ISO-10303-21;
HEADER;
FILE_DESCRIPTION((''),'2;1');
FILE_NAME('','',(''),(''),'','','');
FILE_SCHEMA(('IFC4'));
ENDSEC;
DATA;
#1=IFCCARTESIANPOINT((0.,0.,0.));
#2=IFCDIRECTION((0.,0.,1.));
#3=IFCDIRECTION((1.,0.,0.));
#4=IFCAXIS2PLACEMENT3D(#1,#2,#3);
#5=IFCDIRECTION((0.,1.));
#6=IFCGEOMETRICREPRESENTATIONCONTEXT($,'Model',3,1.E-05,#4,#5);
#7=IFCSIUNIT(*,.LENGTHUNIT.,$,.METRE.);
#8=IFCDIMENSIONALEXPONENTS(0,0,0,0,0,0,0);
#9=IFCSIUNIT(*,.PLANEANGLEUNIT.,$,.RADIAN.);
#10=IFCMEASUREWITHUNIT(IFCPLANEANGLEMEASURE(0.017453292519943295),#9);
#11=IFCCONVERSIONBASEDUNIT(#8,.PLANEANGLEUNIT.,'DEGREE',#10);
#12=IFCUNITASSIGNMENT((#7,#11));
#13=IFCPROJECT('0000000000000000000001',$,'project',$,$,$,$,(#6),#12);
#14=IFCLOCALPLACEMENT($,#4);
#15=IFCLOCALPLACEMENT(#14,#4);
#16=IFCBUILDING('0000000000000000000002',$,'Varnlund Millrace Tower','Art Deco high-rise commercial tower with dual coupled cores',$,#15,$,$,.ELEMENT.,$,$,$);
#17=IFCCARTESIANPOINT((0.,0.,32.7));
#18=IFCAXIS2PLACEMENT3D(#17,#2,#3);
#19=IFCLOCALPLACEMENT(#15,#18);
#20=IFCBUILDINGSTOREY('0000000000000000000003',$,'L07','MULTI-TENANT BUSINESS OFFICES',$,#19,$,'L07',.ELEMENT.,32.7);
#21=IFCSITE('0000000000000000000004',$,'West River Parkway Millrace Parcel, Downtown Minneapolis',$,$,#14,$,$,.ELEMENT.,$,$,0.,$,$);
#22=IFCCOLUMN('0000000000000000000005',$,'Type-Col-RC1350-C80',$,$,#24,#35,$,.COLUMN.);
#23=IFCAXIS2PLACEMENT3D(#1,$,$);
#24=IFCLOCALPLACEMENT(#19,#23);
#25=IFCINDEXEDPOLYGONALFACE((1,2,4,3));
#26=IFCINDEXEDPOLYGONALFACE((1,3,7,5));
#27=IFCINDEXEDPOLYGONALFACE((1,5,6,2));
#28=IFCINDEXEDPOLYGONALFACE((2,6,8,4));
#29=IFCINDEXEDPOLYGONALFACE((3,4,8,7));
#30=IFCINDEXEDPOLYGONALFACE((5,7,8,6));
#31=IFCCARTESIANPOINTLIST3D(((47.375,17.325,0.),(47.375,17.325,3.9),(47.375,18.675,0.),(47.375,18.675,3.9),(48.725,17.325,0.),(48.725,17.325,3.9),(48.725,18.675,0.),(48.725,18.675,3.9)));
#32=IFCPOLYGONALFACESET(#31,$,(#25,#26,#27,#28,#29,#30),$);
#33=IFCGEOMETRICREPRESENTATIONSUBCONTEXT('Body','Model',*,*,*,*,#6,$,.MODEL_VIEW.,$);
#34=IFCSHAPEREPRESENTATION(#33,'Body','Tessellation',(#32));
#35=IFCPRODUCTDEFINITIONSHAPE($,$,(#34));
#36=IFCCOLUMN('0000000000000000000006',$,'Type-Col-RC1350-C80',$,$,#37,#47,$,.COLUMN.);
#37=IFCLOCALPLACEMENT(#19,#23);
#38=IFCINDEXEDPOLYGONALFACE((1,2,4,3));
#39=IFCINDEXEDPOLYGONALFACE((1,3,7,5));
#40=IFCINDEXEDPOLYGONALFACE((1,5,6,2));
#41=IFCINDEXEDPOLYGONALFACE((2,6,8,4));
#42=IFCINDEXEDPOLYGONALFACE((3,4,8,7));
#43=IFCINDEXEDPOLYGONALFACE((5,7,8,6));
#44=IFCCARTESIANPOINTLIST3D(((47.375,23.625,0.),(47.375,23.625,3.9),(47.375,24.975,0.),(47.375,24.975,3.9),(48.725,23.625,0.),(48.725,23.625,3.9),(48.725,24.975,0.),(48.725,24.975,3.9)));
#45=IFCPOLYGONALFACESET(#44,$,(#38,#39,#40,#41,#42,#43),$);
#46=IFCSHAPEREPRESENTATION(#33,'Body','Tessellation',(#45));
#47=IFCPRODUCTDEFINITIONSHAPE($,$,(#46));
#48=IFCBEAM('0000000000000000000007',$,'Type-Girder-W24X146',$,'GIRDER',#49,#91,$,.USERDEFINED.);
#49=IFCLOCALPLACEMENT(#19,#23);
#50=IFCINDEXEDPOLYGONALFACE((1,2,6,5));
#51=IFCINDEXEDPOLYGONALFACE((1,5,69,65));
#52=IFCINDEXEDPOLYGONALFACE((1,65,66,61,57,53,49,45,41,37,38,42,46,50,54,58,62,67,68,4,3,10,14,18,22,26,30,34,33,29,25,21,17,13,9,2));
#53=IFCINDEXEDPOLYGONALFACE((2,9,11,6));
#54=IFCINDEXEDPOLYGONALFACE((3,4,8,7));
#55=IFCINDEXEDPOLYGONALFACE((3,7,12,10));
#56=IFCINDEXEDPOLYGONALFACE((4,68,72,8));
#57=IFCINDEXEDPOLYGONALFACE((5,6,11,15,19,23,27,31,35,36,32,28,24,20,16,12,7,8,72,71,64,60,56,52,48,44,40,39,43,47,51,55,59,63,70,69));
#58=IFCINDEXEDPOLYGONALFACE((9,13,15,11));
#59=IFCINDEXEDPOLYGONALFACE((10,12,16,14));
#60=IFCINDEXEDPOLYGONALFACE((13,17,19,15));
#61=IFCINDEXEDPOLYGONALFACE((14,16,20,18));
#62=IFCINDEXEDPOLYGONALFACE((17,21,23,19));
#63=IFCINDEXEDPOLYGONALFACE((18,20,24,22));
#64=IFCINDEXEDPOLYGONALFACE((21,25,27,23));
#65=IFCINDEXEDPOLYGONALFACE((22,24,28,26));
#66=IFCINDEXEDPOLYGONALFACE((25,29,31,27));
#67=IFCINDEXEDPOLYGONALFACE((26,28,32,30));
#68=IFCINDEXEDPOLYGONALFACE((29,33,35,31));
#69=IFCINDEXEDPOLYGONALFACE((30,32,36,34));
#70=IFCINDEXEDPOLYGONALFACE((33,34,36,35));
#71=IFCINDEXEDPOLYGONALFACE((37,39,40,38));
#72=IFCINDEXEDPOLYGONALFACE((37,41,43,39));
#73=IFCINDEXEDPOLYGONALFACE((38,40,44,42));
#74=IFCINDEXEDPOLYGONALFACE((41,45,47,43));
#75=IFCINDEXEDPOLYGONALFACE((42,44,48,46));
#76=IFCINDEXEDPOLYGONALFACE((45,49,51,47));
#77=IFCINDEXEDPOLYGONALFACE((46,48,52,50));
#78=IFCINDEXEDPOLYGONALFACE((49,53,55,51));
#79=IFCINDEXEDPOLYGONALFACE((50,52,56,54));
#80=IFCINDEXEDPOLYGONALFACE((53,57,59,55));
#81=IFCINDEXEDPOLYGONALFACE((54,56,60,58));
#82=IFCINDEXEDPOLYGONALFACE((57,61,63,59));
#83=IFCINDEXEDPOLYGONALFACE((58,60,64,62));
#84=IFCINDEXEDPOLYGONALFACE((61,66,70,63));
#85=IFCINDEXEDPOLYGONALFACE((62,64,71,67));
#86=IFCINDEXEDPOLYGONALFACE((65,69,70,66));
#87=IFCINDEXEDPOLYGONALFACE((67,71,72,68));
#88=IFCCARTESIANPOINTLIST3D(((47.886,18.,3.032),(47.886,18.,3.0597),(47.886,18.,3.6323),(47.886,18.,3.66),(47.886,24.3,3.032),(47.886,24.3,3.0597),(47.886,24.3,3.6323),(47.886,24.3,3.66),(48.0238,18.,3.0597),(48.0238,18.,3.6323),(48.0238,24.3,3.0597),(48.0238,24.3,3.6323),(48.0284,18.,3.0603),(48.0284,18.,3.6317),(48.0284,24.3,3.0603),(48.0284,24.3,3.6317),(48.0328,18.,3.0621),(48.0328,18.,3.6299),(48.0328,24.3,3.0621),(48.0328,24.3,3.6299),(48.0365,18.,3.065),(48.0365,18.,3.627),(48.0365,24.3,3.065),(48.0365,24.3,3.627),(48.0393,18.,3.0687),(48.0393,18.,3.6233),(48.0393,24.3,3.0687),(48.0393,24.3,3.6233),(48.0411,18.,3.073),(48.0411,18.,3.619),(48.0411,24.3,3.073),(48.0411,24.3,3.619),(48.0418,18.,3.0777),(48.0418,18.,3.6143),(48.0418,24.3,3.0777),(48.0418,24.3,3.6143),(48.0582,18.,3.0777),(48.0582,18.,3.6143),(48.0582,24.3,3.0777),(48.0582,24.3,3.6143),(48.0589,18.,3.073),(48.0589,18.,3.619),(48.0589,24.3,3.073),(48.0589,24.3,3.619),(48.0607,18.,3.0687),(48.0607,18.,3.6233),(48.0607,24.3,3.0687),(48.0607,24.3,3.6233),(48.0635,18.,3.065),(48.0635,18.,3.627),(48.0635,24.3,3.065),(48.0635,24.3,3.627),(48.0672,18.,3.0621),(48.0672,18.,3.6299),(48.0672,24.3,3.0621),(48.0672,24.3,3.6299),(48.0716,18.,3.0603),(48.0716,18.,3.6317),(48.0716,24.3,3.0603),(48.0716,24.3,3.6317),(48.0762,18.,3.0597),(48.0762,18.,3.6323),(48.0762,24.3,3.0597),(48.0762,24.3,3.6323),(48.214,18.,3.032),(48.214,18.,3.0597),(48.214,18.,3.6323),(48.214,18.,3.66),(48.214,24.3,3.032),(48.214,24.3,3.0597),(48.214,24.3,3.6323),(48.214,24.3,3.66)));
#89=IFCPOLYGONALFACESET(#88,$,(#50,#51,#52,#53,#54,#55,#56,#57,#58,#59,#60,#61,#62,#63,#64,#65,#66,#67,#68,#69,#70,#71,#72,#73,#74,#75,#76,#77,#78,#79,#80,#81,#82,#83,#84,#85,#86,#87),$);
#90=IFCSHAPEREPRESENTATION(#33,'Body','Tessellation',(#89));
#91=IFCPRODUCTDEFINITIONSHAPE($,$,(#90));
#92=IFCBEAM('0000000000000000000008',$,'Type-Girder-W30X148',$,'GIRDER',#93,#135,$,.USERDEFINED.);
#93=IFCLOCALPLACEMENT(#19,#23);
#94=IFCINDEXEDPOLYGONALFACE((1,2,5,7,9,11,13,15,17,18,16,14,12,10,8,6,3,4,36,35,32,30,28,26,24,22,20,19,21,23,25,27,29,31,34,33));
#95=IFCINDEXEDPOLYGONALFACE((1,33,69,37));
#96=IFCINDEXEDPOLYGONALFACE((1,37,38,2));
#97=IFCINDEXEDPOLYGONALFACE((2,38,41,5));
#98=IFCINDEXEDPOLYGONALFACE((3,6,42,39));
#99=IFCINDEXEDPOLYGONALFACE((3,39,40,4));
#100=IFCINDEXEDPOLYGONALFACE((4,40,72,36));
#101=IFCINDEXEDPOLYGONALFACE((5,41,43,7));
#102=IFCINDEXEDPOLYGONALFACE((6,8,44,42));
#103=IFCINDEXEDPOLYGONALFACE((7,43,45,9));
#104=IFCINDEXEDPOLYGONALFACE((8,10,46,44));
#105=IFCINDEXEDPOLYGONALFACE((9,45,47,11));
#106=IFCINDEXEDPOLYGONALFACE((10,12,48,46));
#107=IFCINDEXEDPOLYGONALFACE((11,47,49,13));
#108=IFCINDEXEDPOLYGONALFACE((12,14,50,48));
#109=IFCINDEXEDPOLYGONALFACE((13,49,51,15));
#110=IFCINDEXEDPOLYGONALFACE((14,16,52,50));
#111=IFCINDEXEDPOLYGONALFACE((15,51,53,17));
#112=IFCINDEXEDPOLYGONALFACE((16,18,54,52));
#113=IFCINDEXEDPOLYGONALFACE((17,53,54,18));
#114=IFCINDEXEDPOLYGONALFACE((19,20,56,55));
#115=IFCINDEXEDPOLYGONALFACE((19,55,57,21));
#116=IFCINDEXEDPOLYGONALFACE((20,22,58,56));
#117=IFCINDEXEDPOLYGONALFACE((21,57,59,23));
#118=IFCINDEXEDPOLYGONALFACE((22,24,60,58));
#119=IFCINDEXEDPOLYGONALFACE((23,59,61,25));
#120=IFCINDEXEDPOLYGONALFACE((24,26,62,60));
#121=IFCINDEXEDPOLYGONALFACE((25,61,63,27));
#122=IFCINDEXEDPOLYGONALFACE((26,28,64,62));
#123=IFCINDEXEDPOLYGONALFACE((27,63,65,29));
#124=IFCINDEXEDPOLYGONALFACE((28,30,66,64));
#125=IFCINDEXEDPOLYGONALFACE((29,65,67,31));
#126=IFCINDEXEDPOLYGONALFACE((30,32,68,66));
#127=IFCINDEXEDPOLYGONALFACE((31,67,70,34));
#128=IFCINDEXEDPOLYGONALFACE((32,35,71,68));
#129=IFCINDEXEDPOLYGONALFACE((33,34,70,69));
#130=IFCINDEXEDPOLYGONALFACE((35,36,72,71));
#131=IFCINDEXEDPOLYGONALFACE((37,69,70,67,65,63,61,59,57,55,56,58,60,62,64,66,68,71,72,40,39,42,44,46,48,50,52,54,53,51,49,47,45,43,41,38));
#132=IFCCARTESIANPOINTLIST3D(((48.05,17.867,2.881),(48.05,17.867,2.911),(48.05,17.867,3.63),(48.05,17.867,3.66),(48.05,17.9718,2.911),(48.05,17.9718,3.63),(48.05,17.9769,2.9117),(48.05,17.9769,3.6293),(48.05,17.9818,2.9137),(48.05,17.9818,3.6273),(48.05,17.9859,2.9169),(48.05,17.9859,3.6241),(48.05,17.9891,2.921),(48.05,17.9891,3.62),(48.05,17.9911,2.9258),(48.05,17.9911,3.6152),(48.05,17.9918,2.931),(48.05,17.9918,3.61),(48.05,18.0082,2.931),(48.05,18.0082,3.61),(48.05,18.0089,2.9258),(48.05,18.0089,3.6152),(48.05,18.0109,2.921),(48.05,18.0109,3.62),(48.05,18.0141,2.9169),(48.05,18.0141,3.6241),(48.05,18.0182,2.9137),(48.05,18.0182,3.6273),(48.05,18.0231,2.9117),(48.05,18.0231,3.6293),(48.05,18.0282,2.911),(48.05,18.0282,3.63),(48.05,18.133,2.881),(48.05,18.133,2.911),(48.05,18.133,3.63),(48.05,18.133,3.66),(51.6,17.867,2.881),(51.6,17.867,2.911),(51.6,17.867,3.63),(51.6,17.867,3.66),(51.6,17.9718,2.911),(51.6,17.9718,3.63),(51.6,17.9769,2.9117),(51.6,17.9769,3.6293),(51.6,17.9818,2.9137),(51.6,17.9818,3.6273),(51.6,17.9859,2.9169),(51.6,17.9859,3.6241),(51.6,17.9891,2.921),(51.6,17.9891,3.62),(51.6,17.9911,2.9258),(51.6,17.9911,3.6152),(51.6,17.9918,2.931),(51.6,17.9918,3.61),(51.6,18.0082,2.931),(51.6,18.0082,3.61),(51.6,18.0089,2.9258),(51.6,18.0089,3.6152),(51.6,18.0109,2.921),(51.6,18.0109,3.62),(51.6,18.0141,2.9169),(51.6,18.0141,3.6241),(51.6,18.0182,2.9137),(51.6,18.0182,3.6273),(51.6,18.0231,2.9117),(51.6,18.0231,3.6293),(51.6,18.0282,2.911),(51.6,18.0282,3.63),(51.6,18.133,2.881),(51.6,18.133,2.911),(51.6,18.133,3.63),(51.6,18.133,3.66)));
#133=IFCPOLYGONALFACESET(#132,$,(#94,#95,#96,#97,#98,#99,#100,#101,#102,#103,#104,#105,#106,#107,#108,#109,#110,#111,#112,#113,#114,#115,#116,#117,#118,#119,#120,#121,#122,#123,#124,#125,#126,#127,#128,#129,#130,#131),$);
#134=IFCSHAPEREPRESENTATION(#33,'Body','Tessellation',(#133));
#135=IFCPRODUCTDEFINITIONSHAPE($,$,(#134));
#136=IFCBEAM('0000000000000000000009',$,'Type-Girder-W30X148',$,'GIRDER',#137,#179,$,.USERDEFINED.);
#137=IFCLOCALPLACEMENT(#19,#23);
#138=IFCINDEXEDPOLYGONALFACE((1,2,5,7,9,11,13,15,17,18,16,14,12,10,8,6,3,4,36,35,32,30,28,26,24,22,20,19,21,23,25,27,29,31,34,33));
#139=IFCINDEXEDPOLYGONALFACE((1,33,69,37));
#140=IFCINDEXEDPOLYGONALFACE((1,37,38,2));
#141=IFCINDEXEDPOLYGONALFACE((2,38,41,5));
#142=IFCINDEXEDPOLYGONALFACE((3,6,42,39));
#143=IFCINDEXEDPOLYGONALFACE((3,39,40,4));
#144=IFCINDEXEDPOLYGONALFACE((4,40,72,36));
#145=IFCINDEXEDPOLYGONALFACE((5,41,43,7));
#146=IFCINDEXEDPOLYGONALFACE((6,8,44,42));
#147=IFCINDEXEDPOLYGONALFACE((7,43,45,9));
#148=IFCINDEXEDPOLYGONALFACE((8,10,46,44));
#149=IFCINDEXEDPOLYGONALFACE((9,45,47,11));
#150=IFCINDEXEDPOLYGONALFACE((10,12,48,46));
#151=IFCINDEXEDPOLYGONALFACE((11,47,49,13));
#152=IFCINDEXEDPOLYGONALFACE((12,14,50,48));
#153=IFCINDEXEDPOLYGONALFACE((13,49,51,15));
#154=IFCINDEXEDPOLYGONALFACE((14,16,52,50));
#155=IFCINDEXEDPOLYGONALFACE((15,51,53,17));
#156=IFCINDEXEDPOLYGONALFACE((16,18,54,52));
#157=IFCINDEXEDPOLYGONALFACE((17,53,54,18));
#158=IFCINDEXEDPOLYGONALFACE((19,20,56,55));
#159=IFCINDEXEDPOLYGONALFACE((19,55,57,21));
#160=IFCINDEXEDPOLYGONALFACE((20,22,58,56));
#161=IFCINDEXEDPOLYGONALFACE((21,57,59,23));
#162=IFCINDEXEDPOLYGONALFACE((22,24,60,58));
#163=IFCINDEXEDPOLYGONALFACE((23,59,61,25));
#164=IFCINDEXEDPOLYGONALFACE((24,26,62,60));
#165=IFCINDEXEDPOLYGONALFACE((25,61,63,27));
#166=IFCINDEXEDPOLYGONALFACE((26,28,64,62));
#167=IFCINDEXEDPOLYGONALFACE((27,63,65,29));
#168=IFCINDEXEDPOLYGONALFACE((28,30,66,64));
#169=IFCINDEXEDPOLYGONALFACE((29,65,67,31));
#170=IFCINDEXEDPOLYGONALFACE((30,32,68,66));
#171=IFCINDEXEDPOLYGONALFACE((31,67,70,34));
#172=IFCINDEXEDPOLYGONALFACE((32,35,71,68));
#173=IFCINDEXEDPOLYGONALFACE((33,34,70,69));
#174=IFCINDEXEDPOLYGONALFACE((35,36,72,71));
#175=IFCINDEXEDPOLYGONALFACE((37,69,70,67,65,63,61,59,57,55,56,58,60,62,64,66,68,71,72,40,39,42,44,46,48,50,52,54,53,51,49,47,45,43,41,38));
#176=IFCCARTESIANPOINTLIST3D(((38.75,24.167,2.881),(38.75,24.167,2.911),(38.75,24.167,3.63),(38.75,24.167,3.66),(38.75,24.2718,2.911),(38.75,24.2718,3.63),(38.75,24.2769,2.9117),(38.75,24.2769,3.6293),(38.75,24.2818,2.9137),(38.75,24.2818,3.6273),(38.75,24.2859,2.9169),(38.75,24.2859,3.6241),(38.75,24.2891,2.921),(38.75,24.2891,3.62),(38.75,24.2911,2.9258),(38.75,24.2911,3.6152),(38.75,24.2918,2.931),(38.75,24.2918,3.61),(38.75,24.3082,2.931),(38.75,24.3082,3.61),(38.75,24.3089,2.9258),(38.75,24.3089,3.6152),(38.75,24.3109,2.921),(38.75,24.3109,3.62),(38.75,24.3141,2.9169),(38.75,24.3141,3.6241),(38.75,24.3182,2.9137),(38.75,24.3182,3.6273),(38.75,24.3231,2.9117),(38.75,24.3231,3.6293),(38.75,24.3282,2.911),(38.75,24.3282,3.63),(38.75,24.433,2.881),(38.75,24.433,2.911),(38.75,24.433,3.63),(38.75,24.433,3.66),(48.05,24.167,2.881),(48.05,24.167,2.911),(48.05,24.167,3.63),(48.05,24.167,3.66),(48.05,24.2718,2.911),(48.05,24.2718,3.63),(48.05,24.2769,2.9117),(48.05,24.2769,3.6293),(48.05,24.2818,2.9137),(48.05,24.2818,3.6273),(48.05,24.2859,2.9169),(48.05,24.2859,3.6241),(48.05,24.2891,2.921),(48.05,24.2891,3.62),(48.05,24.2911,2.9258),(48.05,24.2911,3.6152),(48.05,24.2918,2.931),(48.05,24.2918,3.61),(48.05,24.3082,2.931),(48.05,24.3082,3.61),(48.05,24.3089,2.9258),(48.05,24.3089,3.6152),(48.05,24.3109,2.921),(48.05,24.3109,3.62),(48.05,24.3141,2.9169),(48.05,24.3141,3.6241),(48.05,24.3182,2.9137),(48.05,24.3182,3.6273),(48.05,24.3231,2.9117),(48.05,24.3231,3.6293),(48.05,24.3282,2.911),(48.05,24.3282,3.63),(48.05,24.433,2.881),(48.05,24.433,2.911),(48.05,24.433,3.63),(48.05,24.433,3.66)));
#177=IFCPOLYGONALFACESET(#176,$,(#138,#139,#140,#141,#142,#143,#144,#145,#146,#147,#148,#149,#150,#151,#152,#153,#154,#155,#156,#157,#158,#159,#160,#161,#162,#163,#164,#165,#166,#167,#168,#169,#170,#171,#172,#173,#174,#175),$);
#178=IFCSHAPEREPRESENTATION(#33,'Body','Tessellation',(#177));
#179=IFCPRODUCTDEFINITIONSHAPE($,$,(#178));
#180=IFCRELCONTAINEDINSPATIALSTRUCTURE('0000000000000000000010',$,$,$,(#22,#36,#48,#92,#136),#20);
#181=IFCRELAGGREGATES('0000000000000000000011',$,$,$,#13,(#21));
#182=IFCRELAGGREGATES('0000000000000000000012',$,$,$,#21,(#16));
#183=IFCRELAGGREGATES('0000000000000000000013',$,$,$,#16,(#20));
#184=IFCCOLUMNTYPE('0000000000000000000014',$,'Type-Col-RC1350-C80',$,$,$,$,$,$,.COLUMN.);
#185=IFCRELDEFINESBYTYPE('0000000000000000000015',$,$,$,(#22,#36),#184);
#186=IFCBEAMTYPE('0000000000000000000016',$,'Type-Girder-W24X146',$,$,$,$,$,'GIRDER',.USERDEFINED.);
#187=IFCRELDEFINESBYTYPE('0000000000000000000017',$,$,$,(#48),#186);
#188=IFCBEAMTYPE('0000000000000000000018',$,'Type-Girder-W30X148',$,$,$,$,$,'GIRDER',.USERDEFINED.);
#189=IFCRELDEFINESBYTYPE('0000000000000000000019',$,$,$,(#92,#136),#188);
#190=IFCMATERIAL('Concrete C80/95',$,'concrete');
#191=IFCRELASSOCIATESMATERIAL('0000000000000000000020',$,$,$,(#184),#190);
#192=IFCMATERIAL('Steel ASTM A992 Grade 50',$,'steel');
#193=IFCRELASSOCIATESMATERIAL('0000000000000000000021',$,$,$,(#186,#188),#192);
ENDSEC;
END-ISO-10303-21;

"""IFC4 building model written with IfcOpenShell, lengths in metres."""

from ifc_helpers import new_model, entity, si_unit, converted_unit, direction, frame, origin_with_axes, origin_2d_with_axis, place, context, subcontext, project, spatial, rectangle, i_section, extrude, material, material_profile, profile_set, type_object, element, save


model = new_model("IFC4")

# Units and contexts
model_context = context("Model", 3, precision=1e-05, world=origin_with_axes(), true_north=direction((0.0, 1.0)))
body_context = subcontext(model_context, "Body", "Model", "MODEL_VIEW")
ifc_project = project(units=[si_unit("LENGTHUNIT", "METRE"), converted_unit("PLANEANGLEUNIT", "DEGREE", entity("IfcPlaneAngleMeasure", 0.017453292519943295), si_unit("PLANEANGLEUNIT", "RADIAN"), dimensions=[0, 0, 0, 0, 0, 0, 0])], contexts=[model_context])

# Site, building, storey
site_placement = place(None, origin_with_axes())
site = spatial("IfcSite", under=ifc_project, at=site_placement, Name="West River Parkway Millrace Parcel, Downtown Minneapolis", CompositionType="ELEMENT", RefElevation=0.0)
building_placement = place(site_placement, origin_with_axes())
building = spatial("IfcBuilding", under=site, at=building_placement, Name="Varnlund Millrace Tower", Description="Art Deco high-rise commercial tower with dual coupled cores", CompositionType="ELEMENT")
storey_placement = place(building_placement, frame((0.0, 0.0, 32.7), z_axis=(0.0, 0.0, 1.0), x_axis=(1.0, 0.0, 0.0)))
storey = spatial("IfcBuildingStorey", under=building, at=storey_placement, Name="L07", Description="MULTI-TENANT BUSINESS OFFICES", LongName="L07", CompositionType="ELEMENT", Elevation=32.7)

# Columns
ifc_material_1 = material(Name="Concrete C80/95", Category="concrete")
ifc_material_profile_1 = material_profile(ifc_material_1, rectangle(XDim=1.35, YDim=1.35, at=origin_2d_with_axis()), Name="Concrete C80/95")
ifc_profile_set_1 = profile_set([ifc_material_profile_1], Name="Concrete C80/95")
column_type = type_object("IfcColumnType", Name="Type-Col-RC1350-C80", PredefinedType="COLUMN", material=ifc_profile_set_1)
for number, where, z_axis, x_axis, name in (
    (1, (48.05, 18.0, 0.0), (0.0, 0.0, 1.0), (1.0, 0.0, 0.0), "Type-Col-RC1350-C80"),
    (2, (48.05, 24.3, 0.0), (0.0, 0.0, 1.0), (1.0, 0.0, 0.0), "Type-Col-RC1350-C80"),
):
    element("IfcColumn", number, at=place(storey_placement, frame(where, z_axis=z_axis, x_axis=x_axis)), inside=storey, type_object=column_type, Name=name, PredefinedType="COLUMN", context=body_context, shape_type="SweptSolid", body=[
        extrude(rectangle(XDim=1.35, YDim=1.35, at=origin_2d_with_axis()), origin_with_axes(), (0.0, 0.0, 1.0), 3.9),
    ])

# Beams
ifc_material_2 = material(Name="Steel ASTM A992 Grade 50", Category="steel")
ifc_material_profile_2 = material_profile(ifc_material_2, i_section(OverallWidth=0.328, OverallDepth=0.628, WebThickness=0.0165, FlangeThickness=0.0277, FilletRadius=0.018, at=origin_2d_with_axis()), Name="Steel ASTM A992 Grade 50")
ifc_profile_set_2 = profile_set([ifc_material_profile_2], Name="Steel ASTM A992 Grade 50")
beam_type_1 = type_object("IfcBeamType", Name="Type-Girder-W24X146", ElementType="GIRDER", PredefinedType="USERDEFINED", material=ifc_profile_set_2)
beam_1_placement = place(storey_placement, frame((48.05, 18.0, 3.346), z_axis=(0.0, 1.0, 0.0), x_axis=(-1.0, 0.0, 0.0)))
element("IfcBeam", 3, at=beam_1_placement, inside=storey, type_object=beam_type_1, Name="Type-Girder-W24X146", ObjectType="GIRDER", PredefinedType="USERDEFINED", context=body_context, shape_type="SweptSolid", body=[
    extrude(i_section(OverallWidth=0.328, OverallDepth=0.628, WebThickness=0.0165, FlangeThickness=0.0277, FilletRadius=0.018, at=origin_2d_with_axis()), origin_with_axes(), (0.0, 0.0, 1.0), 6.3),
])
ifc_material_profile_3 = material_profile(ifc_material_2, i_section(OverallWidth=0.266, OverallDepth=0.779, WebThickness=0.0165, FlangeThickness=0.03, FilletRadius=0.02, at=origin_2d_with_axis()), Name="Steel ASTM A992 Grade 50")
ifc_profile_set_3 = profile_set([ifc_material_profile_3], Name="Steel ASTM A992 Grade 50")
beam_type_2 = type_object("IfcBeamType", Name="Type-Girder-W30X148", ElementType="GIRDER", PredefinedType="USERDEFINED", material=ifc_profile_set_3)
beam_2_placement = place(storey_placement, frame((48.05, 18.0, 3.2705), z_axis=(1.0, 0.0, 0.0), x_axis=(0.0, 1.0, 0.0)))
element("IfcBeam", 4, at=beam_2_placement, inside=storey, type_object=beam_type_2, Name="Type-Girder-W30X148", ObjectType="GIRDER", PredefinedType="USERDEFINED", context=body_context, shape_type="SweptSolid", body=[
    extrude(i_section(OverallWidth=0.266, OverallDepth=0.779, WebThickness=0.0165, FlangeThickness=0.03, FilletRadius=0.02, at=origin_2d_with_axis()), origin_with_axes(), (0.0, 0.0, 1.0), 3.55),
])
beam_3_placement = place(storey_placement, frame((38.75, 24.3, 3.2705), z_axis=(1.0, 0.0, 0.0), x_axis=(0.0, 1.0, 0.0)))
element("IfcBeam", 5, at=beam_3_placement, inside=storey, type_object=beam_type_2, Name="Type-Girder-W30X148", ObjectType="GIRDER", PredefinedType="USERDEFINED", context=body_context, shape_type="SweptSolid", body=[
    extrude(i_section(OverallWidth=0.266, OverallDepth=0.779, WebThickness=0.0165, FlangeThickness=0.03, FilletRadius=0.02, at=origin_2d_with_axis()), origin_with_axes(), (0.0, 0.0, 1.0), 9.3),
])

save(model, "model.ifc")
